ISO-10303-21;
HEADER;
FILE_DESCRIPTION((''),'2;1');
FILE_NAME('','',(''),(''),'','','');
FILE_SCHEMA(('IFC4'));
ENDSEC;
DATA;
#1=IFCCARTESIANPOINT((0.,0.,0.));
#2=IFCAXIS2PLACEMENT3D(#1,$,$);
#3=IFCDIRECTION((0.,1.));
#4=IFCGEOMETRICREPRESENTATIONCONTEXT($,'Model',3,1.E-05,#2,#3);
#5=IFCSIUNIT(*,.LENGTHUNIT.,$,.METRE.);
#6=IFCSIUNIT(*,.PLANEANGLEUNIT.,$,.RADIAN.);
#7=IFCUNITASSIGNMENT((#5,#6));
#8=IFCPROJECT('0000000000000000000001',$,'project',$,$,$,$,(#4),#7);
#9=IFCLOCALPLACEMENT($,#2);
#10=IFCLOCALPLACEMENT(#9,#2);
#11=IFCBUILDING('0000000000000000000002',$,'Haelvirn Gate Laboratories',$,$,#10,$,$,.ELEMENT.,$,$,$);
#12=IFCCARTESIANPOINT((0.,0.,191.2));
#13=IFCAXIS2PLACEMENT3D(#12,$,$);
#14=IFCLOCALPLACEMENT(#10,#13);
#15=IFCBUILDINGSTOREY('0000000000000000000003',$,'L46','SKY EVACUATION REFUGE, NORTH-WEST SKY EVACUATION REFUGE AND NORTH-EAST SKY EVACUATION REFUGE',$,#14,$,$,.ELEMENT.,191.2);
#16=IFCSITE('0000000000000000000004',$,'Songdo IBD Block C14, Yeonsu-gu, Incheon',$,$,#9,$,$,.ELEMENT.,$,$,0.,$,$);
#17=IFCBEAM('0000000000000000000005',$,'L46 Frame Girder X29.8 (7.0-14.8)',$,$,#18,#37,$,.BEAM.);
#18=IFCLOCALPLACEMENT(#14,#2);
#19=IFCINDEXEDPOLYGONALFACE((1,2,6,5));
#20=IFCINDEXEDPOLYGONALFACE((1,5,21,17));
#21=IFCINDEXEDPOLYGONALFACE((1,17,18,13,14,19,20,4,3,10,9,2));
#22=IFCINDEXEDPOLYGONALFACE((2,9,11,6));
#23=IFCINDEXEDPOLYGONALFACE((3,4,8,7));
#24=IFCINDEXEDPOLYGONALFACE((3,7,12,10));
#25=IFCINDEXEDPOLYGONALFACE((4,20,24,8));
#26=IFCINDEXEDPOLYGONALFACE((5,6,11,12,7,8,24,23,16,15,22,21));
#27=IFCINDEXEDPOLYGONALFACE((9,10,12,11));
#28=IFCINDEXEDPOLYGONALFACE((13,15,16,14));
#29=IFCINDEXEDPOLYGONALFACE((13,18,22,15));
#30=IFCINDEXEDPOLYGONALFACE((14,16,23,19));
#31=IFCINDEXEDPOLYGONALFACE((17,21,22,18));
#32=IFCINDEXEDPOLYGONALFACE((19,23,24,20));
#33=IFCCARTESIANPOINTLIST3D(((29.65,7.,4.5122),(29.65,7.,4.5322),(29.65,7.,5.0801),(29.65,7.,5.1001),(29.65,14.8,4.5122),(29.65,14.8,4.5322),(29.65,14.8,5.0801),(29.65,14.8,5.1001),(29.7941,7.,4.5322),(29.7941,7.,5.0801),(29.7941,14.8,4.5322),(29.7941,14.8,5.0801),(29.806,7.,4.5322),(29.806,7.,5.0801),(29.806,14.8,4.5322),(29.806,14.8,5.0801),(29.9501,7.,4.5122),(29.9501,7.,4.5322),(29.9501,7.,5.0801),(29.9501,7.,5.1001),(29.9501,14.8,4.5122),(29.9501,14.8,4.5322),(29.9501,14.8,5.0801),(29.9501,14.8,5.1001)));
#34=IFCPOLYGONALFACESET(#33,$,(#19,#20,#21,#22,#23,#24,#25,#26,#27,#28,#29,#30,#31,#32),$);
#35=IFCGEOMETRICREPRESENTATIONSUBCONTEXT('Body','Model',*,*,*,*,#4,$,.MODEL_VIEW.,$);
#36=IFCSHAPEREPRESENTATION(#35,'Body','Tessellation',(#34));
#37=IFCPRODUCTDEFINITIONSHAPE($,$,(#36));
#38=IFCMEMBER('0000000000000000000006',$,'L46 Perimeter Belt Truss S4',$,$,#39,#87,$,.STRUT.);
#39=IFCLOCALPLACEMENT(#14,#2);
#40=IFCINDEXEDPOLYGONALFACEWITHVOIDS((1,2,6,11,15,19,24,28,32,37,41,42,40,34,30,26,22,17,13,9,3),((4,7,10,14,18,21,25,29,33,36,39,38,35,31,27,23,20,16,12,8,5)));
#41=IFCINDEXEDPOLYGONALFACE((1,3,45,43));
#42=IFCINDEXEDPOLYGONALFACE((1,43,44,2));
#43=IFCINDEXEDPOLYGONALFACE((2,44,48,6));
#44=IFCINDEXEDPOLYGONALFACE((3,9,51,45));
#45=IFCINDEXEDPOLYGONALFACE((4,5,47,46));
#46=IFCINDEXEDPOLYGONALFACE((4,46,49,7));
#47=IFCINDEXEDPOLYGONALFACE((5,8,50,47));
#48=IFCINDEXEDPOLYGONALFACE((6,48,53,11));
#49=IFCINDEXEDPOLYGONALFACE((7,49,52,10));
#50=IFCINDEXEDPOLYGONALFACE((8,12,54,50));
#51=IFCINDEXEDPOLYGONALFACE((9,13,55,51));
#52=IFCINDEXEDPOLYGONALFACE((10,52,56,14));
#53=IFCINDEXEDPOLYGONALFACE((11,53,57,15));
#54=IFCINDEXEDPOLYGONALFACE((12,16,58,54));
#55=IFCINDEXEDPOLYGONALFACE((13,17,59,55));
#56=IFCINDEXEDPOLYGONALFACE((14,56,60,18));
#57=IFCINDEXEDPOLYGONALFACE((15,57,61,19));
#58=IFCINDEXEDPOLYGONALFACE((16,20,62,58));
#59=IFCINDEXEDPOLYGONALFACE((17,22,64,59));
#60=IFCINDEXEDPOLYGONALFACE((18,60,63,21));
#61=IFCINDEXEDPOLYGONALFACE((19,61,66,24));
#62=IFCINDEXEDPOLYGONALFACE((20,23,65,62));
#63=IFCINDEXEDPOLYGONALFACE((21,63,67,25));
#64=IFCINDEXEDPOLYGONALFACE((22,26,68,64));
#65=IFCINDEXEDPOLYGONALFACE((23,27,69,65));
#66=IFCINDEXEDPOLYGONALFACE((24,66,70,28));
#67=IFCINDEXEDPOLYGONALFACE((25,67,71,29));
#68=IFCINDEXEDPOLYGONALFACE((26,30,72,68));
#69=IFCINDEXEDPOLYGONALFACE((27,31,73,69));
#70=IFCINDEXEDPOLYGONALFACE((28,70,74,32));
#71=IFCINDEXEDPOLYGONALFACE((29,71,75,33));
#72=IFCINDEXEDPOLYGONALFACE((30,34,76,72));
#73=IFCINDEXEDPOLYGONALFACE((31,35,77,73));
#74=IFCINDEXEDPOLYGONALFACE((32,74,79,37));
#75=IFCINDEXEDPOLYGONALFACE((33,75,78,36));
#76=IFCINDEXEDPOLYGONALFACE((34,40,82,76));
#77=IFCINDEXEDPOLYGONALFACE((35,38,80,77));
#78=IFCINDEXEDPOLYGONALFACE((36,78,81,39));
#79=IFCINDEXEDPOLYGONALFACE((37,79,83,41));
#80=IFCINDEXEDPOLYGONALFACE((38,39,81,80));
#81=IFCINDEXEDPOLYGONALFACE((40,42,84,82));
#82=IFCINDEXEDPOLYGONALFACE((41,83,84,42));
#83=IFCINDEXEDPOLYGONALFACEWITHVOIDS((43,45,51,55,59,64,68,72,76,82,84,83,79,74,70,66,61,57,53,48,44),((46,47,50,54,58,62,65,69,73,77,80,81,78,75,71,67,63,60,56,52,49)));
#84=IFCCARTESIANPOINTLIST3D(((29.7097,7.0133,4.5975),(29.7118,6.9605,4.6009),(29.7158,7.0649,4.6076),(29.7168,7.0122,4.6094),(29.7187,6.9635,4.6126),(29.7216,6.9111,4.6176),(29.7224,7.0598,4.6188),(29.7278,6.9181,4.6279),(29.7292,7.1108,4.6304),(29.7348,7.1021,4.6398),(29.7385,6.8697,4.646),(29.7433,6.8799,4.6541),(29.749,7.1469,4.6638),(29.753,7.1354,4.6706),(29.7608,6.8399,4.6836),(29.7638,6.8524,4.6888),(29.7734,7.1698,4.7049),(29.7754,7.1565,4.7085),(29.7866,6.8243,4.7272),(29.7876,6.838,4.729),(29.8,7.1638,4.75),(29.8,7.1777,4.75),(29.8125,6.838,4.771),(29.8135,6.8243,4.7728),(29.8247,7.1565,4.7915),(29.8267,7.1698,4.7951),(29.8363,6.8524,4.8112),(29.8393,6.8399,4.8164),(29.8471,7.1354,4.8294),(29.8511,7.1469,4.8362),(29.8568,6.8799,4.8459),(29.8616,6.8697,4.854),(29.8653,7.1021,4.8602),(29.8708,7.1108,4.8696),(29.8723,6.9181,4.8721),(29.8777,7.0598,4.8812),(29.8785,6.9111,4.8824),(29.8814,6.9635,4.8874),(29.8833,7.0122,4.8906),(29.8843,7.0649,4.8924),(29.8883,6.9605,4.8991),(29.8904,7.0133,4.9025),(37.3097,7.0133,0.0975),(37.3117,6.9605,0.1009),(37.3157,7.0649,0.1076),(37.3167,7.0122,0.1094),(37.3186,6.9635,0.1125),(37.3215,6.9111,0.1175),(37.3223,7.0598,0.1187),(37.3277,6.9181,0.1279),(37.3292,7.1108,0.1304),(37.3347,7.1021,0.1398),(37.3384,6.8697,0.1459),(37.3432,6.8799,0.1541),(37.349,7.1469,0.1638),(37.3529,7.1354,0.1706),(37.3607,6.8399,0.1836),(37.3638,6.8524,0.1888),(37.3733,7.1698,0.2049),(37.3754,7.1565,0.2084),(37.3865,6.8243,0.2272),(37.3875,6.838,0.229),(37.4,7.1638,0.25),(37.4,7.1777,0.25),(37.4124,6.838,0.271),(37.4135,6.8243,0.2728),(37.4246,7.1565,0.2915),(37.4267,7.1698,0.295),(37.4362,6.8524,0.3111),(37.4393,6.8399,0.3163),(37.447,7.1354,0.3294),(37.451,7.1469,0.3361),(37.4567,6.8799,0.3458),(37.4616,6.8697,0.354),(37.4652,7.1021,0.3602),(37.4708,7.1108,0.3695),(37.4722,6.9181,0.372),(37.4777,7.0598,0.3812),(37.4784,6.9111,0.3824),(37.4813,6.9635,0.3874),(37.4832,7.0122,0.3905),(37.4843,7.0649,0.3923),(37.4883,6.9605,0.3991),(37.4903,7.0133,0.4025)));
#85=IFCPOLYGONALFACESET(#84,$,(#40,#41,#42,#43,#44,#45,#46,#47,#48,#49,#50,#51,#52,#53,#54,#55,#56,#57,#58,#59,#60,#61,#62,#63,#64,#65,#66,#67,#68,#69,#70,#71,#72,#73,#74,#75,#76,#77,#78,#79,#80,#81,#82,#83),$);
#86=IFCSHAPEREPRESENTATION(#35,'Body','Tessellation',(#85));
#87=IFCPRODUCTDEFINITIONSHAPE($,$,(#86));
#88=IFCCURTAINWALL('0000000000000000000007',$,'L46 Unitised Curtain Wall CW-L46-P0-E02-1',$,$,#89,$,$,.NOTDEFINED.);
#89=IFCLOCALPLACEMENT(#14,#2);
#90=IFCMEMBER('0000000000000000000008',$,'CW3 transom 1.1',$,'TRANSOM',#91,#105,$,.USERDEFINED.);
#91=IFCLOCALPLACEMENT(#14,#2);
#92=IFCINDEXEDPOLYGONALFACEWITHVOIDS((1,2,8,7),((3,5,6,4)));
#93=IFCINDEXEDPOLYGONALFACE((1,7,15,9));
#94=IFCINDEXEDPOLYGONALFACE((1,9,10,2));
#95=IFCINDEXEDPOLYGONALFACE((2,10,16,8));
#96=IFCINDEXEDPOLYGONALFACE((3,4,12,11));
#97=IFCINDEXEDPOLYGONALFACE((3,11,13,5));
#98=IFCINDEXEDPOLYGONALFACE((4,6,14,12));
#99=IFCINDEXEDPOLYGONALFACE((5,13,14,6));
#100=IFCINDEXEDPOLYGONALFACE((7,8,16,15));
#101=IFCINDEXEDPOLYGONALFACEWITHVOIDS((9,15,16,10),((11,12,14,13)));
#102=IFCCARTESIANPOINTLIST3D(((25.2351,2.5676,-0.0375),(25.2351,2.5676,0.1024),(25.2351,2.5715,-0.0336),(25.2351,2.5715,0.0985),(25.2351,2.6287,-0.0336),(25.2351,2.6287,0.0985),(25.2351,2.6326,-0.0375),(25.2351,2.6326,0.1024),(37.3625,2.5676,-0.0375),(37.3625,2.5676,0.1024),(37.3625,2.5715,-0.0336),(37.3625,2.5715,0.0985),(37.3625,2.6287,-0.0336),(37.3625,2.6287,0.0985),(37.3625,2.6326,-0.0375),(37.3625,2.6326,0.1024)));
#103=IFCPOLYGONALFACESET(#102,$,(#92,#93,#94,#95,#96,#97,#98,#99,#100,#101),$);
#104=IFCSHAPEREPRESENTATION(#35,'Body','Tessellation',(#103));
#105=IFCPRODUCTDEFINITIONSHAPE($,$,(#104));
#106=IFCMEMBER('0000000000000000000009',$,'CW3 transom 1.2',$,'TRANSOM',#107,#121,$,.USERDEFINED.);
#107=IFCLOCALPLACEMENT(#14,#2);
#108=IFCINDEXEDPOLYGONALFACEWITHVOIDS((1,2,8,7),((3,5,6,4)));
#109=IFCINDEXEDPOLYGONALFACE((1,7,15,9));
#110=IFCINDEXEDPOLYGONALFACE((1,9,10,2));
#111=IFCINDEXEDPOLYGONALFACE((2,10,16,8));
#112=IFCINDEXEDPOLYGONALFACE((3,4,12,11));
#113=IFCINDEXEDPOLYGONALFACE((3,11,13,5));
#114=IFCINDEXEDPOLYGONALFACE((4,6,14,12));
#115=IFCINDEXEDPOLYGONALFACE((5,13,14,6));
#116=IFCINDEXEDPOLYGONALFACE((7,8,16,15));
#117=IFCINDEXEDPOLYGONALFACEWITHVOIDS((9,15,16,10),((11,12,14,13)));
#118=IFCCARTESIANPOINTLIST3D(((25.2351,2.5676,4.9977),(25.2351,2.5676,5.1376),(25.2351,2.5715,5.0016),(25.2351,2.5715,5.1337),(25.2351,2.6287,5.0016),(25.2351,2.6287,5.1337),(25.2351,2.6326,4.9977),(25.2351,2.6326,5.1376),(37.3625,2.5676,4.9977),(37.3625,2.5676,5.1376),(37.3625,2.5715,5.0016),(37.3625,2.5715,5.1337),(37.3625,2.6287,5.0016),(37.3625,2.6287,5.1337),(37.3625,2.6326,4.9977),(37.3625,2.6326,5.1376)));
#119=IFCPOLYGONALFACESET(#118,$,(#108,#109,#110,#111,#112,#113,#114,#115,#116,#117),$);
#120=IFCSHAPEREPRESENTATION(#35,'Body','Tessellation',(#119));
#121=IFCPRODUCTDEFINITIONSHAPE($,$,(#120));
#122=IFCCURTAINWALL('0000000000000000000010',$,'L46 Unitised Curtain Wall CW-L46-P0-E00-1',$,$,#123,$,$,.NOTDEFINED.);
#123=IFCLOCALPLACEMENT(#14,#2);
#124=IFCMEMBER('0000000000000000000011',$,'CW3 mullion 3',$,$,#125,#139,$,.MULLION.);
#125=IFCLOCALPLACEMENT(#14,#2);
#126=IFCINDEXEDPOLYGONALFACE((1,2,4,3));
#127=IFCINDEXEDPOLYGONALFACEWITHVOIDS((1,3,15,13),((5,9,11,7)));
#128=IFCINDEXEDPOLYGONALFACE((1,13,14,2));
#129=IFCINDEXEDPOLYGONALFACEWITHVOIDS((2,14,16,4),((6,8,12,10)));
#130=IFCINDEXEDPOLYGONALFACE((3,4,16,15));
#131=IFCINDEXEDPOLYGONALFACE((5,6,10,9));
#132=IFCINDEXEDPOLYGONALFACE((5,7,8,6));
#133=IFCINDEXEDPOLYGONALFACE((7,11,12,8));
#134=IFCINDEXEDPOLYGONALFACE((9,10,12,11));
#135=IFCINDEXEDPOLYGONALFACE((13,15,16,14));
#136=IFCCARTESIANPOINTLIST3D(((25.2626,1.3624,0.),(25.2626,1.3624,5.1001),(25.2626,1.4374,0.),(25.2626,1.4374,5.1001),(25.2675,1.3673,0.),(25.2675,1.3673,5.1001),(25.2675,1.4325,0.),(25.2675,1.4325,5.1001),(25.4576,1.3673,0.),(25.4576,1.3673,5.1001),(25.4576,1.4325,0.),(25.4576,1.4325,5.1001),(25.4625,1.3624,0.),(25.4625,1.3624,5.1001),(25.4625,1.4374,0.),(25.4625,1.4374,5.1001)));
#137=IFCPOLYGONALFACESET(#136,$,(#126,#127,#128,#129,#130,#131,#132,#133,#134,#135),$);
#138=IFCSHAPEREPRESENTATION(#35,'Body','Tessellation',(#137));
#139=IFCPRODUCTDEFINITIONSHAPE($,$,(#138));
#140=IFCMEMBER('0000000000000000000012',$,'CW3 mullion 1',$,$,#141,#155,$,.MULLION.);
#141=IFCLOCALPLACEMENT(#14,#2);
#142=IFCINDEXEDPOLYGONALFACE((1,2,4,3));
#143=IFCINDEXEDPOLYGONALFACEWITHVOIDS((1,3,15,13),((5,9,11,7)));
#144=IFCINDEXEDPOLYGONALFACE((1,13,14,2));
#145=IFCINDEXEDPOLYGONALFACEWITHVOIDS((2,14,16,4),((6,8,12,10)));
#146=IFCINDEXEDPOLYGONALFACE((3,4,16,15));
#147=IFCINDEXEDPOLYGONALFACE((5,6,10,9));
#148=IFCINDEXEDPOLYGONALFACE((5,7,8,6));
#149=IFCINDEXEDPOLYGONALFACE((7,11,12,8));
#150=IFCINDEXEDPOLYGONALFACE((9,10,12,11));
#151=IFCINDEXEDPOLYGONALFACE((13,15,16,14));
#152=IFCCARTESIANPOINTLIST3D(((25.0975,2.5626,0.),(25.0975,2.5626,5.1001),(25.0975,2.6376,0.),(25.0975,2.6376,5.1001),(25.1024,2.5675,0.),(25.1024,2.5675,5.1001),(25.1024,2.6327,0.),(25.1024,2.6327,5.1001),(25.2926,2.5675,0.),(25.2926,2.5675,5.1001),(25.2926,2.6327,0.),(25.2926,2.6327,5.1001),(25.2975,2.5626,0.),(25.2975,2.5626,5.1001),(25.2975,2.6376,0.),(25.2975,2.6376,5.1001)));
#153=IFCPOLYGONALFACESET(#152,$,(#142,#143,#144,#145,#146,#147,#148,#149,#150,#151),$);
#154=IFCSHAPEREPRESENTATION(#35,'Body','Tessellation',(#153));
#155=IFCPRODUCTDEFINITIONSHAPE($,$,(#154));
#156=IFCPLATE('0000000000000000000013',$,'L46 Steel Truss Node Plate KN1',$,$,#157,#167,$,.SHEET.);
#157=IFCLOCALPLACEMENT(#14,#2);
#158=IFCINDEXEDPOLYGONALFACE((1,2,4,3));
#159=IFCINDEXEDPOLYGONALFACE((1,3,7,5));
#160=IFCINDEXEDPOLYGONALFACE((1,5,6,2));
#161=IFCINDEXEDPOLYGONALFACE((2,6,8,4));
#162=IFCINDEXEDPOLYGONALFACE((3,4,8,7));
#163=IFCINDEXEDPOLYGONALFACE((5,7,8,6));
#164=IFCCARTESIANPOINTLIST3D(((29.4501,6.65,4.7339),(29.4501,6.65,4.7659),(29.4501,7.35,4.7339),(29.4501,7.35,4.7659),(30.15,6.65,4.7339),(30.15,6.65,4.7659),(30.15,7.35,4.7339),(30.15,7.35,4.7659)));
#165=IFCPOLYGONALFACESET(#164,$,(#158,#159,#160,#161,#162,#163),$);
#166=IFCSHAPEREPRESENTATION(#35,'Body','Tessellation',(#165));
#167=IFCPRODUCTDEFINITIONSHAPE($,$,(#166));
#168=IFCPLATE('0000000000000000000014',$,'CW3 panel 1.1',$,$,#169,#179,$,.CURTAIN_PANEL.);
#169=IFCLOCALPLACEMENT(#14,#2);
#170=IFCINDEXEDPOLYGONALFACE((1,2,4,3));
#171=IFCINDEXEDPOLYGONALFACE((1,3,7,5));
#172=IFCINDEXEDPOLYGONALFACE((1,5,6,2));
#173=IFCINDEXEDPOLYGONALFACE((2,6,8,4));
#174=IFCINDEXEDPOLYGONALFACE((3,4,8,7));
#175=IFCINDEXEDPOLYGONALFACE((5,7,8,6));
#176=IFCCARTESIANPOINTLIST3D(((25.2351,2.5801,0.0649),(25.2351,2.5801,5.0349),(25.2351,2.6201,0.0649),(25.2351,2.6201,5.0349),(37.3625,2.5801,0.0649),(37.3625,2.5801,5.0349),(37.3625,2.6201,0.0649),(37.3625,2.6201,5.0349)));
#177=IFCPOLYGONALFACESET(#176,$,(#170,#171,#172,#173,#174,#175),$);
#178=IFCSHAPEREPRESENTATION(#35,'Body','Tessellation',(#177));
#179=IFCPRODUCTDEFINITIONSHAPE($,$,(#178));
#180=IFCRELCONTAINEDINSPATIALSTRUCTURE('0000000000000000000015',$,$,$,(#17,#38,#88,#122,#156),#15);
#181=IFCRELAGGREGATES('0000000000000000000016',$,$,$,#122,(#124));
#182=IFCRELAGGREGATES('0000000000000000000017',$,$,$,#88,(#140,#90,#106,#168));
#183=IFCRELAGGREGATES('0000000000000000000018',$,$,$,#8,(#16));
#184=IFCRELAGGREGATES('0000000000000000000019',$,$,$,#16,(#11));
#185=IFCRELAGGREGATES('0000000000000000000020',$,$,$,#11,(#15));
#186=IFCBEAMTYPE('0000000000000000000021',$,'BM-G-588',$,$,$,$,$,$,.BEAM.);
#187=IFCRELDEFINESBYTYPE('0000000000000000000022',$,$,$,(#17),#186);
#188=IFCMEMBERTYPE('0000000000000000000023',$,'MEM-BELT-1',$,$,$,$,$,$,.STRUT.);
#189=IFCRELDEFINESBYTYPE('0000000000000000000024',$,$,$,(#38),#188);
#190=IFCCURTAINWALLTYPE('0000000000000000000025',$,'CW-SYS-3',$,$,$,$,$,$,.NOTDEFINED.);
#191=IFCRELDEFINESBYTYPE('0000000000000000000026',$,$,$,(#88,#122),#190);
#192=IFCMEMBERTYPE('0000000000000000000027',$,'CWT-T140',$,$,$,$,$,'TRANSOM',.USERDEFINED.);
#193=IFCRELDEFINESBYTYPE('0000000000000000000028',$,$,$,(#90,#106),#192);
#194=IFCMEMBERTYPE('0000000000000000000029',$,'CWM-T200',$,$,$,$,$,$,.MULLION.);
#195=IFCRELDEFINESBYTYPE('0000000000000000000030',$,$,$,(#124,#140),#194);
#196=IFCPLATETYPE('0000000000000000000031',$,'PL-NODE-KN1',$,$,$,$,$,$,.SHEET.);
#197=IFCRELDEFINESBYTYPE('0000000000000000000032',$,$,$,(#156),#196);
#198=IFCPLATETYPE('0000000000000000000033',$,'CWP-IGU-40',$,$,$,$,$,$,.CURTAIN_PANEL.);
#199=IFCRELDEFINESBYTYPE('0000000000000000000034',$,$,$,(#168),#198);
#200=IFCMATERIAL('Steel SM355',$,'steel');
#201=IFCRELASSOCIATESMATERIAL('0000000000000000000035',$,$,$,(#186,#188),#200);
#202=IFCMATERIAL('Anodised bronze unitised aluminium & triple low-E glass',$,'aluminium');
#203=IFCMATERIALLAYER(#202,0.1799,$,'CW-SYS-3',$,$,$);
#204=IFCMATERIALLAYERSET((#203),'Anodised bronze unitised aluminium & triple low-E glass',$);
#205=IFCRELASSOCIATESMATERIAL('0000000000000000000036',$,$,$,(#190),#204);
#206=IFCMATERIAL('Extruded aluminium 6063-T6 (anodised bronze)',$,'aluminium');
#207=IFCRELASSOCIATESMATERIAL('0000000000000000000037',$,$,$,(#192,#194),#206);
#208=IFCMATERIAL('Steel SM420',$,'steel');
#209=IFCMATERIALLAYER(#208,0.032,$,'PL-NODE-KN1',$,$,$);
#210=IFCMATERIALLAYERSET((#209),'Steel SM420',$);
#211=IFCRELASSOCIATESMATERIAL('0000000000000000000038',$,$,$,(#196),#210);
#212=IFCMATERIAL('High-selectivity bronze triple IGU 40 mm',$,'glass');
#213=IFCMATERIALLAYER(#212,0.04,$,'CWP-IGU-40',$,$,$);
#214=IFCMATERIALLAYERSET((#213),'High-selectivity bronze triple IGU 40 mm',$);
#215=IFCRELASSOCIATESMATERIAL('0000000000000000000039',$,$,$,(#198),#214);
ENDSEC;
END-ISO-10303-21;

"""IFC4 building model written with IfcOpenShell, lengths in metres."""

from ifc_helpers import new_model, si_unit, direction, frame, origin, origin_2d, place, context, subcontext, project, spatial, rectangle, hollow_rectangle, hollow_circle, i_section, extrude, source, transform, mapped, material, layer, layer_set, material_profile, profile_set, type_object, type_shapes, element, aggregate, save


model = new_model("IFC4")

# Units and contexts
model_context = context("Model", 3, precision=1e-05, world=origin(), true_north=direction((0.0, 1.0)))
body_context = subcontext(model_context, "Body", "Model", "MODEL_VIEW")
ifc_project = project(units=[si_unit("LENGTHUNIT", "METRE"), si_unit("PLANEANGLEUNIT", "RADIAN")], contexts=[model_context])

# Site, building, storey
site_placement = place(None, origin())
site = spatial("IfcSite", under=ifc_project, at=site_placement, Name="Songdo IBD Block C14, Yeonsu-gu, Incheon", CompositionType="ELEMENT", RefElevation=0.0)
building_placement = place(site_placement, origin())
building = spatial("IfcBuilding", under=site, at=building_placement, Name="Haelvirn Gate Laboratories", CompositionType="ELEMENT")
storey_placement = place(building_placement, frame((0.0, 0.0, 191.2)))
storey = spatial("IfcBuildingStorey", under=building, at=storey_placement, Name="L46", Description="SKY EVACUATION REFUGE, NORTH-WEST SKY EVACUATION REFUGE AND NORTH-EAST SKY EVACUATION REFUGE", CompositionType="ELEMENT", Elevation=191.2)

# Shared definitions
ifc_material_1 = material(Name="Steel SM355", Category="steel")

# Beam
ifc_material_profile_1 = material_profile(ifc_material_1, i_section(OverallWidth=0.3, OverallDepth=0.5879, WebThickness=0.012, FlangeThickness=0.02, at=origin_2d()), Name="H-588x300x12x20")
ifc_profile_set_1 = profile_set([ifc_material_profile_1], Name="Steel SM355")
beam_type_1 = type_object("IfcBeamType", Name="BM-G-588", PredefinedType="BEAM", material=ifc_profile_set_1)
shared_shape_1 = source(origin(), body_context, "Body", "SweptSolid", [
    extrude(i_section(OverallWidth=0.3, OverallDepth=0.5879, WebThickness=0.012, FlangeThickness=0.02, at=origin_2d()), origin(), (0.0, 0.0, 1.0), 7.8),
])
type_shapes(beam_type_1, [shared_shape_1])
beam_placement = place(storey_placement, frame((29.8, 7.0, 4.8062), z_axis=(0.0, 1.0, 0.0), x_axis=(-1.0, 0.0, 0.0)))
element("IfcBeam", 1, at=beam_placement, inside=storey, type_object=beam_type_1, Name="L46 Frame Girder X29.8 (7.0-14.8)", PredefinedType="BEAM", context=body_context, shape_type="MappedRepresentation", body=[
    mapped(shared_shape_1, transform((0.0, 0.0, 0.0), scale=1.0)),
])

# Member
ifc_material_profile_2 = material_profile(ifc_material_1, hollow_circle(Radius=0.1777, WallThickness=0.0139, at=origin_2d()), Name="CHS-355x14")
ifc_profile_set_2 = profile_set([ifc_material_profile_2], Name="Steel SM355")
member_type_1 = type_object("IfcMemberType", Name="MEM-BELT-1", PredefinedType="STRUT", material=ifc_profile_set_2)
shared_shape_2 = source(origin(), body_context, "Body", "SweptSolid", [
    extrude(hollow_circle(Radius=0.1777, WallThickness=0.0139, at=origin_2d()), origin(), (0.0, 0.0, 1.0), 8.8323),
])
type_shapes(member_type_1, [shared_shape_2])
member_1_placement = place(storey_placement, frame((29.8, 7.0, 4.75), z_axis=(0.860471, 0.0, -0.509499), x_axis=(0.0, 1.0, 0.0)))
element("IfcMember", 2, at=member_1_placement, inside=storey, type_object=member_type_1, Name="L46 Perimeter Belt Truss S4", PredefinedType="STRUT", context=body_context, shape_type="MappedRepresentation", body=[
    mapped(shared_shape_2, transform((0.0, 0.0, 0.0), scale=1.0)),
])

# Curtain wall, members
ifc_material_2 = material(Name="Anodised bronze unitised aluminium & triple low-E glass", Category="aluminium")
ifc_layer_1 = layer(ifc_material_2, 0.1799, Name="CW-SYS-3")
ifc_layer_set_1 = layer_set([ifc_layer_1], Name="Anodised bronze unitised aluminium & triple low-E glass")
curtain_wall_type = type_object("IfcCurtainWallType", Name="CW-SYS-3", PredefinedType="NOTDEFINED", material=ifc_layer_set_1)
curtain_wall_1_placement = place(storey_placement, origin())
curtain_wall_1 = element("IfcCurtainWall", 3, at=curtain_wall_1_placement, inside=storey, type_object=curtain_wall_type, Name="L46 Unitised Curtain Wall CW-L46-P0-E02-1", PredefinedType="NOTDEFINED")
ifc_material_3 = material(Name="Extruded aluminium 6063-T6 (anodised bronze)", Category="aluminium")
ifc_material_profile_3 = material_profile(ifc_material_3, hollow_rectangle(XDim=0.0649, YDim=0.1399, WallThickness=0.0039, at=origin_2d()), Name="CWT-140x65x4")
ifc_profile_set_3 = profile_set([ifc_material_profile_3], Name="Extruded aluminium 6063-T6 (anodised bronze)")
member_type_2 = type_object("IfcMemberType", Name="CWT-T140", ElementType="TRANSOM", PredefinedType="USERDEFINED", material=ifc_profile_set_3)
shared_shape_3 = source(origin(), body_context, "Body", "SweptSolid", [
    extrude(hollow_rectangle(XDim=0.0649, YDim=0.1399, WallThickness=0.0039, at=origin_2d()), origin(), (0.0, 0.0, 1.0), 12.1274),
])
type_shapes(member_type_2, [shared_shape_3])
member_2_placement = place(storey_placement, frame((25.2351, 2.6001, 0.0325), z_axis=(1.0, 0.0, 0.0), x_axis=(0.0, 1.0, 0.0)))
member_2 = element("IfcMember", 4, at=member_2_placement, type_object=member_type_2, Name="CW3 transom 1.1", ObjectType="TRANSOM", PredefinedType="USERDEFINED", context=body_context, shape_type="MappedRepresentation", body=[
    mapped(shared_shape_3, transform((0.0, 0.0, 0.0), scale=1.0)),
])
member_3_placement = place(storey_placement, frame((25.2351, 2.6001, 5.0676), z_axis=(1.0, 0.0, 0.0), x_axis=(0.0, 1.0, 0.0)))
member_3 = element("IfcMember", 5, at=member_3_placement, type_object=member_type_2, Name="CW3 transom 1.2", ObjectType="TRANSOM", PredefinedType="USERDEFINED", context=body_context, shape_type="MappedRepresentation", body=[
    mapped(shared_shape_3, transform((0.0, 0.0, 0.0), scale=1.0)),
])

# Curtain wall, member
curtain_wall_2_placement = place(storey_placement, origin())
curtain_wall_2 = element("IfcCurtainWall", 6, at=curtain_wall_2_placement, inside=storey, type_object=curtain_wall_type, Name="L46 Unitised Curtain Wall CW-L46-P0-E00-1", PredefinedType="NOTDEFINED")
ifc_material_profile_4 = material_profile(ifc_material_3, hollow_rectangle(XDim=0.075, YDim=0.2, WallThickness=0.0049, at=origin_2d()), Name="CWM-200x75x5")
ifc_profile_set_4 = profile_set([ifc_material_profile_4], Name="Extruded aluminium 6063-T6 (anodised bronze)")
member_type_3 = type_object("IfcMemberType", Name="CWM-T200", PredefinedType="MULLION", material=ifc_profile_set_4)
shared_shape_4 = source(origin(), body_context, "Body", "SweptSolid", [
    extrude(hollow_rectangle(XDim=0.075, YDim=0.2, WallThickness=0.0049, at=origin_2d()), origin(), (0.0, 0.0, 1.0), 5.1001),
])
type_shapes(member_type_3, [shared_shape_4])
member_4_placement = place(storey_placement, frame((25.3625, 1.3999, 0.0), z_axis=(0.0, 0.0, 1.0), x_axis=(0.0, 1.0, 0.0)))
member_4 = element("IfcMember", 7, at=member_4_placement, type_object=member_type_3, Name="CW3 mullion 3", PredefinedType="MULLION", context=body_context, shape_type="MappedRepresentation", body=[
    mapped(shared_shape_4, transform((0.0, 0.0, 0.0), scale=1.0)),
])
aggregate(curtain_wall_2, [member_4])

# Member
member_5_placement = place(storey_placement, frame((25.1975, 2.6001, 0.0), z_axis=(0.0, 0.0, 1.0), x_axis=(0.0, 1.0, 0.0)))
member_5 = element("IfcMember", 8, at=member_5_placement, type_object=member_type_3, Name="CW3 mullion 1", PredefinedType="MULLION", context=body_context, shape_type="MappedRepresentation", body=[
    mapped(shared_shape_4, transform((0.0, 0.0, 0.0), scale=1.0)),
])

# Plates
ifc_material_4 = material(Name="Steel SM420", Category="steel")
ifc_layer_2 = layer(ifc_material_4, 0.032, Name="PL-NODE-KN1")
ifc_layer_set_2 = layer_set([ifc_layer_2], Name="Steel SM420")
plate_type_1 = type_object("IfcPlateType", Name="PL-NODE-KN1", PredefinedType="SHEET", material=ifc_layer_set_2)
shared_shape_5 = source(origin(), body_context, "Body", "SweptSolid", [
    extrude(rectangle(XDim=0.7, YDim=0.7, at=origin_2d()), origin(), (0.0, 0.0, 1.0), 0.032),
])
type_shapes(plate_type_1, [shared_shape_5])
plate_1_placement = place(storey_placement, frame((29.8, 7.0, 4.7339), z_axis=(0.0, 0.0, 1.0), x_axis=(1.0, 0.0, 0.0)))
element("IfcPlate", 9, at=plate_1_placement, inside=storey, type_object=plate_type_1, Name="L46 Steel Truss Node Plate KN1", PredefinedType="SHEET", context=body_context, shape_type="MappedRepresentation", body=[
    mapped(shared_shape_5, transform((0.0, 0.0, 0.0), scale=1.0)),
])
ifc_material_5 = material(Name="High-selectivity bronze triple IGU 40 mm", Category="glass")
ifc_layer_3 = layer(ifc_material_5, 0.04, Name="CWP-IGU-40")
ifc_layer_set_3 = layer_set([ifc_layer_3], Name="High-selectivity bronze triple IGU 40 mm")
plate_type_2 = type_object("IfcPlateType", Name="CWP-IGU-40", PredefinedType="CURTAIN_PANEL", material=ifc_layer_set_3)
shared_shape_6 = source(origin(), body_context, "Body", "SweptSolid", [
    extrude(rectangle(XDim=12.1274, YDim=0.04, at=origin_2d()), origin(), (0.0, 0.0, 1.0), 4.97),
])
type_shapes(plate_type_2, [shared_shape_6])
plate_2_placement = place(storey_placement, frame((31.2988, 2.6001, 0.0649), z_axis=(0.0, 0.0, 1.0), x_axis=(1.0, 0.0, 0.0)))
plate_2 = element("IfcPlate", 10, at=plate_2_placement, type_object=plate_type_2, Name="CW3 panel 1.1", PredefinedType="CURTAIN_PANEL", context=body_context, shape_type="MappedRepresentation", body=[
    mapped(shared_shape_6, transform((0.0, 0.0, 0.0), scale=1.0)),
])
aggregate(curtain_wall_1, [member_5, member_2, member_3, plate_2])

save(model, "model.ifc")
